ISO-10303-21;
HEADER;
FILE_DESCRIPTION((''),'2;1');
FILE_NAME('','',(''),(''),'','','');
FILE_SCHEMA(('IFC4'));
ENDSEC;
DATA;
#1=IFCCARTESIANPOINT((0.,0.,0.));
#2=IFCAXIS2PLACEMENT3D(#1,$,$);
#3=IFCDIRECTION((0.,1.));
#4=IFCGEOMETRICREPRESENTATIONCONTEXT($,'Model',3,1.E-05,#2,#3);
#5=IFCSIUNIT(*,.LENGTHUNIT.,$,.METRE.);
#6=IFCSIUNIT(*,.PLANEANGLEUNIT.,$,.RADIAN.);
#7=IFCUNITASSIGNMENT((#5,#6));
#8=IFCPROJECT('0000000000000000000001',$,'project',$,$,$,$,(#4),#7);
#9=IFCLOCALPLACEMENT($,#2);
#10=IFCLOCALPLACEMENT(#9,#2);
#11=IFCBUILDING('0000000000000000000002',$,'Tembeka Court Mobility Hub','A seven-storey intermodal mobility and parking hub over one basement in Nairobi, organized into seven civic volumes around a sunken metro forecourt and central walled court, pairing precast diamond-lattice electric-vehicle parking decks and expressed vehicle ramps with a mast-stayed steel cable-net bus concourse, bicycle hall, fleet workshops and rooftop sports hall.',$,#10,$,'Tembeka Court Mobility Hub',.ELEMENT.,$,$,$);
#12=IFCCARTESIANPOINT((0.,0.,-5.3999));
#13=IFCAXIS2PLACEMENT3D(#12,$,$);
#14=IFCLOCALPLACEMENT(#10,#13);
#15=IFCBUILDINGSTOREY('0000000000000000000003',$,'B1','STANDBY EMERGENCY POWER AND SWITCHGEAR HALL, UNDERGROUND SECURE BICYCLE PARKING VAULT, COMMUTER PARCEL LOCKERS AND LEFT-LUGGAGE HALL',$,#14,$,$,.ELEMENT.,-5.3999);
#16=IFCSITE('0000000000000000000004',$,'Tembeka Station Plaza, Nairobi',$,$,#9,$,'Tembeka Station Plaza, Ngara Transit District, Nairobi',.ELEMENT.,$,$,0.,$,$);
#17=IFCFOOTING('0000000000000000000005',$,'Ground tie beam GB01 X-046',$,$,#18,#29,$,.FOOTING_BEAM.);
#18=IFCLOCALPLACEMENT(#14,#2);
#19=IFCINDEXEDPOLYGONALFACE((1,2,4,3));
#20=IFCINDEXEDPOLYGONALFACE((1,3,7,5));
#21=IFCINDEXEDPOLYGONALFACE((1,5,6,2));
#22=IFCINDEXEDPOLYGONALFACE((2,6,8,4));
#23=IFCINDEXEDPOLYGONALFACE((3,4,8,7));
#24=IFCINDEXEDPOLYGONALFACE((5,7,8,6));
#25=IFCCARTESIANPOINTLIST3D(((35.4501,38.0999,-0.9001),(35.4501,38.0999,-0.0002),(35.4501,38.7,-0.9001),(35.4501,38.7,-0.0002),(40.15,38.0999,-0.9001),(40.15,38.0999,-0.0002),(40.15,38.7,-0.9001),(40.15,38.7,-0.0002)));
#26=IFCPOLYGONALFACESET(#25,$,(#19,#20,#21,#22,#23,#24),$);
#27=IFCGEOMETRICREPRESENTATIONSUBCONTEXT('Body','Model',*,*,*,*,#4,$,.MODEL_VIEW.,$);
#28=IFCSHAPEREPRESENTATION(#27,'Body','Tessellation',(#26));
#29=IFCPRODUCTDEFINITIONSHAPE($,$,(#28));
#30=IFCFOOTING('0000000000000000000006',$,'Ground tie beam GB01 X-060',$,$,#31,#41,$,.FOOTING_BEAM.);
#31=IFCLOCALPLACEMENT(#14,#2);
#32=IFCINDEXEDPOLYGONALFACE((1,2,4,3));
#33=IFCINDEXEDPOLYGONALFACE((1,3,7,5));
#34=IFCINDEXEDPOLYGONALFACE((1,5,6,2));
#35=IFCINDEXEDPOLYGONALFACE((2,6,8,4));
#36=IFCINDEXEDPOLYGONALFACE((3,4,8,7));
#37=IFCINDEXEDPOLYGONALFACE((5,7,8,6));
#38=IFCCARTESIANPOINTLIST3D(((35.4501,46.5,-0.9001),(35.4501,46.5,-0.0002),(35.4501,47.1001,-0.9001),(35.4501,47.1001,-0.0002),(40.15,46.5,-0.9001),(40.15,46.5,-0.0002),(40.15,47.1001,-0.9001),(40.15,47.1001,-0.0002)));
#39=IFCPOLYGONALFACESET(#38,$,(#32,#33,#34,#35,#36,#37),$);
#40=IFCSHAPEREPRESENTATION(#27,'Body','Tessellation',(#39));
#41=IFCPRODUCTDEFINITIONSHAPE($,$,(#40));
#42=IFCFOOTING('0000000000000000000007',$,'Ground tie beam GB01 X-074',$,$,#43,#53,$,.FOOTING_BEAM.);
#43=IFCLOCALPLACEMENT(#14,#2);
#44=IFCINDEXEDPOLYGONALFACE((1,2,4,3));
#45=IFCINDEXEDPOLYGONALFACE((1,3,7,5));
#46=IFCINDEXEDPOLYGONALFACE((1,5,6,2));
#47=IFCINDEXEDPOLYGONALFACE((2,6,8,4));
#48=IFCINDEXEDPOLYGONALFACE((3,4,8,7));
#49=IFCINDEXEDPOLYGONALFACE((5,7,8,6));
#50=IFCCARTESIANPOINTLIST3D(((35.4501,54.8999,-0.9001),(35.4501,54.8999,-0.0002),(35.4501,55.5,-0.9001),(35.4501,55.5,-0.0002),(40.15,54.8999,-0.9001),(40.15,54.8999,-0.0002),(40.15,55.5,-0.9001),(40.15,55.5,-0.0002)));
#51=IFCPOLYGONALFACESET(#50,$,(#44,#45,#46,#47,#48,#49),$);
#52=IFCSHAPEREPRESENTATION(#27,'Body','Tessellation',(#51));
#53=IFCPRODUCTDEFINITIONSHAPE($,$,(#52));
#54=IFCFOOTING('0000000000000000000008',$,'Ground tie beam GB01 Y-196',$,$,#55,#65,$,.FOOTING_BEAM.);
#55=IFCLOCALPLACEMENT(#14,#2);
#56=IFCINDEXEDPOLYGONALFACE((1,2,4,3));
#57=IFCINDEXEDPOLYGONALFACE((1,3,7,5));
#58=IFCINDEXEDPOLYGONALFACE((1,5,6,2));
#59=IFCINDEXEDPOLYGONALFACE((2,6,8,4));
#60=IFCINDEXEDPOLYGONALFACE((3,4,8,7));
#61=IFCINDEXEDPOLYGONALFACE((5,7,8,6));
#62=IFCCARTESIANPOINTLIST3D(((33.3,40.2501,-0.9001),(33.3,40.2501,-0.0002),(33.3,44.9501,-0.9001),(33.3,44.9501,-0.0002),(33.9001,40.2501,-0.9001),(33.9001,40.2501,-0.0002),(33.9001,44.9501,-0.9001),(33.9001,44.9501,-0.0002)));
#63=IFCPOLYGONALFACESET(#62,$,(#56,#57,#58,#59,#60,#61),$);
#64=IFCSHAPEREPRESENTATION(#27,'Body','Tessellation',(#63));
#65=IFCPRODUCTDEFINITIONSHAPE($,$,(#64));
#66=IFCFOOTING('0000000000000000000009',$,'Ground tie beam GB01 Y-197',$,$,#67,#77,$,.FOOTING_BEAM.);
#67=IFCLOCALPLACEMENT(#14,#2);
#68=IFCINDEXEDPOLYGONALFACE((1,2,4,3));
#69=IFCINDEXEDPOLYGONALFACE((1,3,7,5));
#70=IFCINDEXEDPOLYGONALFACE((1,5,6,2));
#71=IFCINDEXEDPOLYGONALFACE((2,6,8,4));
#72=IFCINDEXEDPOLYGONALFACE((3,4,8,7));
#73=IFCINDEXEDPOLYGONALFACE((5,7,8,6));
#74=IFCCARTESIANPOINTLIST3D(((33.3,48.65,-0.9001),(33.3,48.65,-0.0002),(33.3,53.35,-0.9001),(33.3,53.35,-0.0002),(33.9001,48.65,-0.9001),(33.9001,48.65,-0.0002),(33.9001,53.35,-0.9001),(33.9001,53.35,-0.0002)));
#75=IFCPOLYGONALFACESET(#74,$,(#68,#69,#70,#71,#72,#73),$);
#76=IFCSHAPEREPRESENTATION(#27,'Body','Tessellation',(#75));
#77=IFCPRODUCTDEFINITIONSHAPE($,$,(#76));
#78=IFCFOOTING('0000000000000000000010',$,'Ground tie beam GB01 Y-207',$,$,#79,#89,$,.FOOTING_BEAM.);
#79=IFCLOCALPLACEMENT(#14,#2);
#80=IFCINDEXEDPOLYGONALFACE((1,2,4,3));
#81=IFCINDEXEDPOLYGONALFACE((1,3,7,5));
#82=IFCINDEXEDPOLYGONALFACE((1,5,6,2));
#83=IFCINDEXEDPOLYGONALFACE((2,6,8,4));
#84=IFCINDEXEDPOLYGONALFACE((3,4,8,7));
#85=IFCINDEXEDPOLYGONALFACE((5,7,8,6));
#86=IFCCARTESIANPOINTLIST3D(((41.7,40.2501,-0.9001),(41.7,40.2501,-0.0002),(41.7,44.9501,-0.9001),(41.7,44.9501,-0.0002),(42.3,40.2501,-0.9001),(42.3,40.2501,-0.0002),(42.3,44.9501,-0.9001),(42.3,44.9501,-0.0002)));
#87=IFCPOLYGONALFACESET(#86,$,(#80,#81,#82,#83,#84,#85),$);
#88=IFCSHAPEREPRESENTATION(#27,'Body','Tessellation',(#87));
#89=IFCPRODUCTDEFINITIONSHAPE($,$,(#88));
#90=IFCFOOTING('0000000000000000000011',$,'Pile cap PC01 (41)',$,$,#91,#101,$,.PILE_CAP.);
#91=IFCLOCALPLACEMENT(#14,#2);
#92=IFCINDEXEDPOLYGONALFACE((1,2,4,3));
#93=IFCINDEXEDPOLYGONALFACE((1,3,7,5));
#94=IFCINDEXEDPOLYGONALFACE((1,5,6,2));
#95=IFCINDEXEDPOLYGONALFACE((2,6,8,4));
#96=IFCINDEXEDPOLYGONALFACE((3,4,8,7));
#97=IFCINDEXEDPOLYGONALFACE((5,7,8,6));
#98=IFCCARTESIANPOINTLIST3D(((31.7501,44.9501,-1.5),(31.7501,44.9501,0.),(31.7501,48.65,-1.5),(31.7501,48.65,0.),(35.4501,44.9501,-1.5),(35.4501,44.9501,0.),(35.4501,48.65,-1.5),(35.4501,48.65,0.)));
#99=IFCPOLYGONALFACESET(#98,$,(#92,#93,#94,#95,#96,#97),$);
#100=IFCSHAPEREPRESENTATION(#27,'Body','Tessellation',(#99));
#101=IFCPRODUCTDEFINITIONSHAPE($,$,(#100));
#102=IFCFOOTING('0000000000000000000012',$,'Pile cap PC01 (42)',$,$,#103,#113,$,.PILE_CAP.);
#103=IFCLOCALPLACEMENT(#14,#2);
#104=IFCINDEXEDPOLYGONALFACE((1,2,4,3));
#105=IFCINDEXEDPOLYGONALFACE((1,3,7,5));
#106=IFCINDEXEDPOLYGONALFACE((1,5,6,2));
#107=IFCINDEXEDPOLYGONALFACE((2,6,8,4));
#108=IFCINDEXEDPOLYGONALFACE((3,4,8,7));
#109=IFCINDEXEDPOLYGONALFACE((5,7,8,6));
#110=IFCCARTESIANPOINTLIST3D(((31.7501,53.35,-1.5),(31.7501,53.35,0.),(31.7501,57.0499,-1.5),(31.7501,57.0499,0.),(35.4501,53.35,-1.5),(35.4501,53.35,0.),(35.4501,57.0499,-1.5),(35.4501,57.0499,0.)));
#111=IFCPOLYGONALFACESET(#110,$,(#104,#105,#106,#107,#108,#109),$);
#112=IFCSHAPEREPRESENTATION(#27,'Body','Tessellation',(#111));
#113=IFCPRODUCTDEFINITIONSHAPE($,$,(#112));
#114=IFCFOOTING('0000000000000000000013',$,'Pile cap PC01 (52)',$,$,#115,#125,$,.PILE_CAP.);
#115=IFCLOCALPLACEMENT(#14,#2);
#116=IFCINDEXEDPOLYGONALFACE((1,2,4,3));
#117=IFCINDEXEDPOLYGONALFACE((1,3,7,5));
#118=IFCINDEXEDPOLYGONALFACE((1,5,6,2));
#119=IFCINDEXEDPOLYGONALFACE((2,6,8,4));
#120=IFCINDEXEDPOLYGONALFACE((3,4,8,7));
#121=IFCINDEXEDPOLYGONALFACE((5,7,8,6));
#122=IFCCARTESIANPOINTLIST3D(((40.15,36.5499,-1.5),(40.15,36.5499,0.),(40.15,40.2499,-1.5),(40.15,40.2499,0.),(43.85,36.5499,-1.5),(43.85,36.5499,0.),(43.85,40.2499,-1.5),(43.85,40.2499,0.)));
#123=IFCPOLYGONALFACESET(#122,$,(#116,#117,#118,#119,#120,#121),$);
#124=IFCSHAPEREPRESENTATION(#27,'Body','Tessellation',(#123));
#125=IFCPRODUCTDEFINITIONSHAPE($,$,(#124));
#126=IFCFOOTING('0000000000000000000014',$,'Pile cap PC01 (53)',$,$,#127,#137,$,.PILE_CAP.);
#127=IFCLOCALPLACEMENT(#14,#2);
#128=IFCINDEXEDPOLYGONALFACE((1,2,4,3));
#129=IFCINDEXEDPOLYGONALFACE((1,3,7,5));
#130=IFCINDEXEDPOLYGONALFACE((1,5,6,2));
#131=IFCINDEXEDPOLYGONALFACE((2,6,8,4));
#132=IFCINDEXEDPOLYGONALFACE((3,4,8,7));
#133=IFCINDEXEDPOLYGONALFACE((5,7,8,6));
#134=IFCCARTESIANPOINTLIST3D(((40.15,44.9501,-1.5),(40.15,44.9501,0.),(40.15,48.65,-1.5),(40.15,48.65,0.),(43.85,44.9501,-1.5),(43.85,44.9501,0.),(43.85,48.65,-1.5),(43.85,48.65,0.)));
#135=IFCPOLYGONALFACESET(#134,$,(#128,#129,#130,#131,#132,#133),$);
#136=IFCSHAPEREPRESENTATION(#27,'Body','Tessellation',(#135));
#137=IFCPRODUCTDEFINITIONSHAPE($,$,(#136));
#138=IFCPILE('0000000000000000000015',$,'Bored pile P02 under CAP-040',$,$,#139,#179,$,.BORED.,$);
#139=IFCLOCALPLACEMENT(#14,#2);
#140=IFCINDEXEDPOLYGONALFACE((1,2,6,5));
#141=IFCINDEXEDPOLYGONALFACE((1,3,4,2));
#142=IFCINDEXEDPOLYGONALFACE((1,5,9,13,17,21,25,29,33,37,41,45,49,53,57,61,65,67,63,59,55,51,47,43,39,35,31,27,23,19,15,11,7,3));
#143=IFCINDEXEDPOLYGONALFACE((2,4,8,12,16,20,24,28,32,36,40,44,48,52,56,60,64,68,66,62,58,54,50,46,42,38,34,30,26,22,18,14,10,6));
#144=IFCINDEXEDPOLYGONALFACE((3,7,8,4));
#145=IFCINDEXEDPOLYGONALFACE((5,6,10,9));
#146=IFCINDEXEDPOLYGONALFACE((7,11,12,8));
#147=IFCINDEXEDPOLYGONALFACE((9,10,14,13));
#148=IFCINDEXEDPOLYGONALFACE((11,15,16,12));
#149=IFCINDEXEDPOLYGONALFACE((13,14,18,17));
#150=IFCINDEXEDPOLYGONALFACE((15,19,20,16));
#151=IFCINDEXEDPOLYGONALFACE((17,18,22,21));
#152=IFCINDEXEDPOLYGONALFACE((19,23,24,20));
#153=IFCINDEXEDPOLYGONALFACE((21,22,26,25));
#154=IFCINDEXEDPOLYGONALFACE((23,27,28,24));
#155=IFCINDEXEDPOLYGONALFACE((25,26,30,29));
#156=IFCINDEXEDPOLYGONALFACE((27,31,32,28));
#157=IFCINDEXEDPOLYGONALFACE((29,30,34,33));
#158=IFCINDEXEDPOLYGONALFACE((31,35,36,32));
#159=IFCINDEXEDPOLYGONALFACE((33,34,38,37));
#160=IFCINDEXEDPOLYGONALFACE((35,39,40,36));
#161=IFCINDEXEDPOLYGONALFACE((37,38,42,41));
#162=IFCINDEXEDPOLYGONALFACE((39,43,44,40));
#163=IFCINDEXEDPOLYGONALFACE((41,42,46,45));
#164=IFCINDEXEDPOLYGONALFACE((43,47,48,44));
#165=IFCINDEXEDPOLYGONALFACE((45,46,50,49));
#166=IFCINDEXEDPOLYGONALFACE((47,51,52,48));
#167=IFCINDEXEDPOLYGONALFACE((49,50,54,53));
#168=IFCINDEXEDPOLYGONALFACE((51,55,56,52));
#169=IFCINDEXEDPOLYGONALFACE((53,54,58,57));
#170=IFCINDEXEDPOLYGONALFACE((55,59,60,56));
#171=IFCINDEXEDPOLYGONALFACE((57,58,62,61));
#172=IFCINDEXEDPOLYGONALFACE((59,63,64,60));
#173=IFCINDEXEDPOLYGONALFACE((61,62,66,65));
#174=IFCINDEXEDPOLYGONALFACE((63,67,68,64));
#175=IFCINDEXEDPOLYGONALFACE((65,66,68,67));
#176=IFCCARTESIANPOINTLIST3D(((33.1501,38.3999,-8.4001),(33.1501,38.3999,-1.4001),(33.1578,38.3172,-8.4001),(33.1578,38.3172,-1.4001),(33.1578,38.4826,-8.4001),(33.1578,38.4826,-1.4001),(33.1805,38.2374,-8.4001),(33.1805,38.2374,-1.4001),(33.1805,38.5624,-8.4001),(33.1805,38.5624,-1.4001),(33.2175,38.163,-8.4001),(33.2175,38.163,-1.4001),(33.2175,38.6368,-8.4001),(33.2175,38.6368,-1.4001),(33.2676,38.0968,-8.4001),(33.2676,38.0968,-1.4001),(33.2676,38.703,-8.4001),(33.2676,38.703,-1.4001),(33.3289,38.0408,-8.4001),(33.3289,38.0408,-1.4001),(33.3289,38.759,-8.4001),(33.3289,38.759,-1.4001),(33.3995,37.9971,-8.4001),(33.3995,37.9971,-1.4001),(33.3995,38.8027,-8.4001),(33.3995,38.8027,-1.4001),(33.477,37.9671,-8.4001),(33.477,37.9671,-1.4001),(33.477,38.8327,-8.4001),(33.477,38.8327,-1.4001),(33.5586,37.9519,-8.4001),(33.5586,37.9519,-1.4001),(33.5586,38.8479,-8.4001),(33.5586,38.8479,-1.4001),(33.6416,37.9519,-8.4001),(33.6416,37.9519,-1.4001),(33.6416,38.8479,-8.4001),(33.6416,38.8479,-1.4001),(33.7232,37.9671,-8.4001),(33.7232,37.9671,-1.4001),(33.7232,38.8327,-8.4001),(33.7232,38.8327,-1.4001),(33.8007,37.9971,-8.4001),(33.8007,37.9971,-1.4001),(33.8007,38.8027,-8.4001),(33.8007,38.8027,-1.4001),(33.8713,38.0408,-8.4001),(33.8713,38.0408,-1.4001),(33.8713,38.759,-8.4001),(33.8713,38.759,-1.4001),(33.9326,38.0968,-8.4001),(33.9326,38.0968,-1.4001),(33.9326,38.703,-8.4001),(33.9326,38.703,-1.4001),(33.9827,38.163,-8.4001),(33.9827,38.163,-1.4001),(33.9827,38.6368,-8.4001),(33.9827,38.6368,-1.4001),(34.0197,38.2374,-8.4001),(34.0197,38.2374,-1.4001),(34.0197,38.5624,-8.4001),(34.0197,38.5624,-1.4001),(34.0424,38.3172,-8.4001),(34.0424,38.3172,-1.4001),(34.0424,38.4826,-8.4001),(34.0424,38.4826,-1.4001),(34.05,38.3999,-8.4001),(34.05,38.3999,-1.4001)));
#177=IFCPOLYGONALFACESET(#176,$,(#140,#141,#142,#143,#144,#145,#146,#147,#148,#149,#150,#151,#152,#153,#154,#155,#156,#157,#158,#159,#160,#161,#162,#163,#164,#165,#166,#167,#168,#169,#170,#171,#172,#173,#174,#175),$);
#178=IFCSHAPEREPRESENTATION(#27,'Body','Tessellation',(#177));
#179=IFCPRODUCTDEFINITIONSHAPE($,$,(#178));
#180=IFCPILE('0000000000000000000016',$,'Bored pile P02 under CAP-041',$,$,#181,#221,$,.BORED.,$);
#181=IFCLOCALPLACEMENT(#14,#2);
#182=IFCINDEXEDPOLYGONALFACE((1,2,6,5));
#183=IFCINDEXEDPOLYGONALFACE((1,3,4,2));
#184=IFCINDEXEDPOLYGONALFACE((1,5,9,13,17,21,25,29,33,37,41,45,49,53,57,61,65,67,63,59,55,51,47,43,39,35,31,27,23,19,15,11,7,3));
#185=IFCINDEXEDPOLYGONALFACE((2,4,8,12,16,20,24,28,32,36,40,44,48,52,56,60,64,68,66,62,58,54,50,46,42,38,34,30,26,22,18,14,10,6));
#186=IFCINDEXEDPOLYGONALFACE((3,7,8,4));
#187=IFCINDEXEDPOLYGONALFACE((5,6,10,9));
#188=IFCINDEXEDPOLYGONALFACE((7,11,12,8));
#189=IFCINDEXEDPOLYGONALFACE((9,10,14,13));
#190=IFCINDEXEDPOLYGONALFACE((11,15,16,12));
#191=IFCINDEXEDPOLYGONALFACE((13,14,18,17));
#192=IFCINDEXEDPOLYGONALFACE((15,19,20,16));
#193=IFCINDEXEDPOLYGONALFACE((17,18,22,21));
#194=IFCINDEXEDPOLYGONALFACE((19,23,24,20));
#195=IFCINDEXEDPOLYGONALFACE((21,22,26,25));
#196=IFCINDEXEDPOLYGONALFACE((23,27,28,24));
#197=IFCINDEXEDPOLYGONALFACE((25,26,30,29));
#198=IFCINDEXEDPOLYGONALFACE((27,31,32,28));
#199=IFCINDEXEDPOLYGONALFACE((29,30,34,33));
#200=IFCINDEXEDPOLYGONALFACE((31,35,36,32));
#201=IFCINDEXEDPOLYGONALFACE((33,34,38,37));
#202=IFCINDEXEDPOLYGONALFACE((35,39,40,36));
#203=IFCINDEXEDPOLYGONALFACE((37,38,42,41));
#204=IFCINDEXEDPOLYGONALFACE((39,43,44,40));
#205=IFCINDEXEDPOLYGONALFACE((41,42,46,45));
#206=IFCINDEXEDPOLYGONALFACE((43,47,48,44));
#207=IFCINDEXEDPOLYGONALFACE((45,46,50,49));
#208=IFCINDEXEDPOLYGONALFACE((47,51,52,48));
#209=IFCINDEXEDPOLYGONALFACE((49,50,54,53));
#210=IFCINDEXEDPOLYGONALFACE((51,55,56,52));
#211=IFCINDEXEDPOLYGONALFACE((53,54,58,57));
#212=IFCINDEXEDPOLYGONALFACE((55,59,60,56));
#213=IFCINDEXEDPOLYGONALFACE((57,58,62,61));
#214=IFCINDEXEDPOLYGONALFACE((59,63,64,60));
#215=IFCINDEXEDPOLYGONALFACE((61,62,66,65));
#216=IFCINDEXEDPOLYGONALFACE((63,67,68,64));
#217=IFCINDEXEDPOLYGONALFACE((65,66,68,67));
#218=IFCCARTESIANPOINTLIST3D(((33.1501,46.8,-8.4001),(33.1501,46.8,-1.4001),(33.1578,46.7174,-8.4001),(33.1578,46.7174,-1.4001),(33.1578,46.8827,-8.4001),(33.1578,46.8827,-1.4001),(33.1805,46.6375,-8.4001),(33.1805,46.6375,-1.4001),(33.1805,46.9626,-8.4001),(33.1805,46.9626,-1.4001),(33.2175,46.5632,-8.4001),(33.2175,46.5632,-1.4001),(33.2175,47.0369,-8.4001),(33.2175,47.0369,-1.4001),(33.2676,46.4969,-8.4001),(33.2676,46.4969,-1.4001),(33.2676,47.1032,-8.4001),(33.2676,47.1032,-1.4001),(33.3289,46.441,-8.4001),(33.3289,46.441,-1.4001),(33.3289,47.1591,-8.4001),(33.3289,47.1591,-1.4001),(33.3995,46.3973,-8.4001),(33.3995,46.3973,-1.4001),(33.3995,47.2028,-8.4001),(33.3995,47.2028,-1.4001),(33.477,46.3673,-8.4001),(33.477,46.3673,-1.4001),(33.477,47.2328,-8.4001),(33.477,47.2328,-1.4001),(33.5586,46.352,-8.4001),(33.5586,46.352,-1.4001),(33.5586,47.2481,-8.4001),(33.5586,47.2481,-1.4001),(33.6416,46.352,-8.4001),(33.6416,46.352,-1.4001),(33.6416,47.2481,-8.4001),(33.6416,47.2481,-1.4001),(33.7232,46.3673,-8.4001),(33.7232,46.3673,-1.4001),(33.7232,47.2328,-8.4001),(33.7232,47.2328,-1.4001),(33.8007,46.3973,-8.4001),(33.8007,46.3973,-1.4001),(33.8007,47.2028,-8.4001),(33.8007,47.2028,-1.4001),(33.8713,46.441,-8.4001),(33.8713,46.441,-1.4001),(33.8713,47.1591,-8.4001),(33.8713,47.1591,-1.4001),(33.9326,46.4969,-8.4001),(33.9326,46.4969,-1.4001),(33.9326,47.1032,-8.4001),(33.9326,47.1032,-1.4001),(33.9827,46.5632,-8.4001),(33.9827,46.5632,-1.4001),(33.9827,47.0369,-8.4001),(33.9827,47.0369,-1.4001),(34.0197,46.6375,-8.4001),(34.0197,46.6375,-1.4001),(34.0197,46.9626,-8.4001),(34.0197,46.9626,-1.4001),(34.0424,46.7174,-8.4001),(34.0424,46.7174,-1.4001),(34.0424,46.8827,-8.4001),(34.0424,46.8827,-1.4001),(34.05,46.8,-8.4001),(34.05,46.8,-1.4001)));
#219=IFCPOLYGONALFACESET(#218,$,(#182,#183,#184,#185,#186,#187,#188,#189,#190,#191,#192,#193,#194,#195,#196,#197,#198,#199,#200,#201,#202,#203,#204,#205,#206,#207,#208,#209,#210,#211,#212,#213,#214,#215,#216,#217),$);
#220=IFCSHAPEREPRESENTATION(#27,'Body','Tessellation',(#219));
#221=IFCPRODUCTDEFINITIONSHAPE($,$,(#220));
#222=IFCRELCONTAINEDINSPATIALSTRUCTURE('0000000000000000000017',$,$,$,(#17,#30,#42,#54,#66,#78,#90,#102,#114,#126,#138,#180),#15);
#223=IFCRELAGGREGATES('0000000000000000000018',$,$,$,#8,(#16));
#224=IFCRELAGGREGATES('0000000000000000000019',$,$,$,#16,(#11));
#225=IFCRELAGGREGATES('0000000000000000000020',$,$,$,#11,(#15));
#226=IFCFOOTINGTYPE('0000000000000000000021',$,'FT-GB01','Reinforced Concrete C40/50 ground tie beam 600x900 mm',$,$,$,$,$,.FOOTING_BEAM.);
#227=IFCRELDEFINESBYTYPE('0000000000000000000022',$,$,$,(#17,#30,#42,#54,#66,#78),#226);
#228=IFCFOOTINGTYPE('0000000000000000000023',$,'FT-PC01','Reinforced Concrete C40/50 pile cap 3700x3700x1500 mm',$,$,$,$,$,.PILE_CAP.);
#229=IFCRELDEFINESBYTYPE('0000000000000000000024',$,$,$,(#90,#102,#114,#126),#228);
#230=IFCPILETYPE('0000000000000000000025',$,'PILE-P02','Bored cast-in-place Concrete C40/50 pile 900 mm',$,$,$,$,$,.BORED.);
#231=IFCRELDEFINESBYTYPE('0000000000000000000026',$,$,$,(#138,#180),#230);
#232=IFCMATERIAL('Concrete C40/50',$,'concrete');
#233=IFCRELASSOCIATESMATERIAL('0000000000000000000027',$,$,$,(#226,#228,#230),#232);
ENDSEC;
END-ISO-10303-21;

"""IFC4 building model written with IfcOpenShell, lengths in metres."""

from ifc_helpers import new_model, si_unit, direction, frame, origin, origin_2d, place, context, subcontext, project, spatial, rectangle, circle, extrude, material, material_profile, profile_set, type_object, element, save


model = new_model("IFC4")

# Units and contexts
model_context = context("Model", 3, precision=1e-05, world=origin(), true_north=direction((0.0, 1.0)))
body_context = subcontext(model_context, "Body", "Model", "MODEL_VIEW")
ifc_project = project(units=[si_unit("LENGTHUNIT", "METRE"), si_unit("PLANEANGLEUNIT", "RADIAN")], contexts=[model_context])

# Site, building, storey
site_placement = place(None, origin())
site = spatial("IfcSite", under=ifc_project, at=site_placement, Name="Tembeka Station Plaza, Nairobi", LongName="Tembeka Station Plaza, Ngara Transit District, Nairobi", CompositionType="ELEMENT", RefElevation=0.0)
building_placement = place(site_placement, origin())
building = spatial("IfcBuilding", under=site, at=building_placement, Name="Tembeka Court Mobility Hub", Description="A seven-storey intermodal mobility and parking hub over one basement in Nairobi, organized into seven civic volumes around a sunken metro forecourt and central walled court, pairing precast diamond-lattice electric-vehicle parking decks and expressed vehicle ramps with a mast-stayed steel cable-net bus concourse, bicycle hall, fleet workshops and rooftop sports hall.", LongName="Tembeka Court Mobility Hub", CompositionType="ELEMENT")
storey_placement = place(building_placement, frame((0.0, 0.0, -5.3999)))
storey = spatial("IfcBuildingStorey", under=building, at=storey_placement, Name="B1", Description="STANDBY EMERGENCY POWER AND SWITCHGEAR HALL, UNDERGROUND SECURE BICYCLE PARKING VAULT, COMMUTER PARCEL LOCKERS AND LEFT-LUGGAGE HALL", CompositionType="ELEMENT", Elevation=-5.3999)

# Footings
ifc_material_1 = material(Name="Concrete C40/50", Category="concrete")
footing_type_1 = type_object("IfcFootingType", Name="FT-GB01", Description="Reinforced Concrete C40/50 ground tie beam 600x900 mm", PredefinedType="FOOTING_BEAM", material=ifc_material_1)
for number, where, z_axis, x_axis, name in (
    (1, (37.8, 38.3999, -0.9001), (0.0, 0.0, 1.0), (1.0, 0.0, 0.0), "Ground tie beam GB01 X-046"),
    (2, (37.8, 46.8, -0.9001), (0.0, 0.0, 1.0), (1.0, 0.0, 0.0), "Ground tie beam GB01 X-060"),
    (3, (37.8, 55.2, -0.9001), (0.0, 0.0, 1.0), (1.0, 0.0, 0.0), "Ground tie beam GB01 X-074"),
    (4, (33.6001, 42.6001, -0.9001), (0.0, 0.0, 1.0), (0.0, 1.0, 0.0), "Ground tie beam GB01 Y-196"),
    (5, (33.6001, 51.0, -0.9001), (0.0, 0.0, 1.0), (0.0, 1.0, 0.0), "Ground tie beam GB01 Y-197"),
    (6, (42.0, 42.6001, -0.9001), (0.0, 0.0, 1.0), (0.0, 1.0, 0.0), "Ground tie beam GB01 Y-207"),
):
    element("IfcFooting", number, at=place(storey_placement, frame(where, z_axis=z_axis, x_axis=x_axis)), inside=storey, type_object=footing_type_1, Name=name, PredefinedType="FOOTING_BEAM", context=body_context, shape_type="SweptSolid", body=[
        extrude(rectangle(XDim=4.7, YDim=0.6001, at=origin_2d()), origin(), (0.0, 0.0, 1.0), 0.8999),
    ])
footing_type_2 = type_object("IfcFootingType", Name="FT-PC01", Description="Reinforced Concrete C40/50 pile cap 3700x3700x1500 mm", PredefinedType="PILE_CAP", material=ifc_material_1)
for number, where, z_axis, x_axis, name in (
    (7, (33.6001, 46.8, -1.5), (0.0, 0.0, 1.0), (1.0, 0.0, 0.0), "Pile cap PC01 (41)"),
    (8, (33.6001, 55.2, -1.5), (0.0, 0.0, 1.0), (1.0, 0.0, 0.0), "Pile cap PC01 (42)"),
    (9, (42.0, 38.3999, -1.5), (0.0, 0.0, 1.0), (1.0, 0.0, 0.0), "Pile cap PC01 (52)"),
    (10, (42.0, 46.8, -1.5), (0.0, 0.0, 1.0), (1.0, 0.0, 0.0), "Pile cap PC01 (53)"),
):
    element("IfcFooting", number, at=place(storey_placement, frame(where, z_axis=z_axis, x_axis=x_axis)), inside=storey, type_object=footing_type_2, Name=name, PredefinedType="PILE_CAP", context=body_context, shape_type="SweptSolid", body=[
        extrude(rectangle(XDim=3.7, YDim=3.7, at=origin_2d()), origin(), (0.0, 0.0, 1.0), 1.5),
    ])

# Piles
ifc_material_profile_1 = material_profile(ifc_material_1, circle(Radius=0.45, at=origin_2d()), Name="PILE D900")
ifc_profile_set_1 = profile_set([ifc_material_profile_1], Name="Concrete C40/50")
pile_type = type_object("IfcPileType", Name="PILE-P02", Description="Bored cast-in-place Concrete C40/50 pile 900 mm", PredefinedType="BORED", material=ifc_profile_set_1)
for number, where, z_axis, x_axis, name in (
    (11, (33.6001, 38.3999, -1.4001), (0.0, 0.0, -1.0), (1.0, 0.0, 0.0), "Bored pile P02 under CAP-040"),
    (12, (33.6001, 46.8, -1.4001), (0.0, 0.0, -1.0), (1.0, 0.0, 0.0), "Bored pile P02 under CAP-041"),
):
    element("IfcPile", number, at=place(storey_placement, frame(where, z_axis=z_axis, x_axis=x_axis)), inside=storey, type_object=pile_type, Name=name, PredefinedType="BORED", context=body_context, shape_type="SweptSolid", body=[
        extrude(circle(Radius=0.45, at=origin_2d()), origin(), (0.0, 0.0, 1.0), 7.0),
    ])

save(model, "model.ifc")
